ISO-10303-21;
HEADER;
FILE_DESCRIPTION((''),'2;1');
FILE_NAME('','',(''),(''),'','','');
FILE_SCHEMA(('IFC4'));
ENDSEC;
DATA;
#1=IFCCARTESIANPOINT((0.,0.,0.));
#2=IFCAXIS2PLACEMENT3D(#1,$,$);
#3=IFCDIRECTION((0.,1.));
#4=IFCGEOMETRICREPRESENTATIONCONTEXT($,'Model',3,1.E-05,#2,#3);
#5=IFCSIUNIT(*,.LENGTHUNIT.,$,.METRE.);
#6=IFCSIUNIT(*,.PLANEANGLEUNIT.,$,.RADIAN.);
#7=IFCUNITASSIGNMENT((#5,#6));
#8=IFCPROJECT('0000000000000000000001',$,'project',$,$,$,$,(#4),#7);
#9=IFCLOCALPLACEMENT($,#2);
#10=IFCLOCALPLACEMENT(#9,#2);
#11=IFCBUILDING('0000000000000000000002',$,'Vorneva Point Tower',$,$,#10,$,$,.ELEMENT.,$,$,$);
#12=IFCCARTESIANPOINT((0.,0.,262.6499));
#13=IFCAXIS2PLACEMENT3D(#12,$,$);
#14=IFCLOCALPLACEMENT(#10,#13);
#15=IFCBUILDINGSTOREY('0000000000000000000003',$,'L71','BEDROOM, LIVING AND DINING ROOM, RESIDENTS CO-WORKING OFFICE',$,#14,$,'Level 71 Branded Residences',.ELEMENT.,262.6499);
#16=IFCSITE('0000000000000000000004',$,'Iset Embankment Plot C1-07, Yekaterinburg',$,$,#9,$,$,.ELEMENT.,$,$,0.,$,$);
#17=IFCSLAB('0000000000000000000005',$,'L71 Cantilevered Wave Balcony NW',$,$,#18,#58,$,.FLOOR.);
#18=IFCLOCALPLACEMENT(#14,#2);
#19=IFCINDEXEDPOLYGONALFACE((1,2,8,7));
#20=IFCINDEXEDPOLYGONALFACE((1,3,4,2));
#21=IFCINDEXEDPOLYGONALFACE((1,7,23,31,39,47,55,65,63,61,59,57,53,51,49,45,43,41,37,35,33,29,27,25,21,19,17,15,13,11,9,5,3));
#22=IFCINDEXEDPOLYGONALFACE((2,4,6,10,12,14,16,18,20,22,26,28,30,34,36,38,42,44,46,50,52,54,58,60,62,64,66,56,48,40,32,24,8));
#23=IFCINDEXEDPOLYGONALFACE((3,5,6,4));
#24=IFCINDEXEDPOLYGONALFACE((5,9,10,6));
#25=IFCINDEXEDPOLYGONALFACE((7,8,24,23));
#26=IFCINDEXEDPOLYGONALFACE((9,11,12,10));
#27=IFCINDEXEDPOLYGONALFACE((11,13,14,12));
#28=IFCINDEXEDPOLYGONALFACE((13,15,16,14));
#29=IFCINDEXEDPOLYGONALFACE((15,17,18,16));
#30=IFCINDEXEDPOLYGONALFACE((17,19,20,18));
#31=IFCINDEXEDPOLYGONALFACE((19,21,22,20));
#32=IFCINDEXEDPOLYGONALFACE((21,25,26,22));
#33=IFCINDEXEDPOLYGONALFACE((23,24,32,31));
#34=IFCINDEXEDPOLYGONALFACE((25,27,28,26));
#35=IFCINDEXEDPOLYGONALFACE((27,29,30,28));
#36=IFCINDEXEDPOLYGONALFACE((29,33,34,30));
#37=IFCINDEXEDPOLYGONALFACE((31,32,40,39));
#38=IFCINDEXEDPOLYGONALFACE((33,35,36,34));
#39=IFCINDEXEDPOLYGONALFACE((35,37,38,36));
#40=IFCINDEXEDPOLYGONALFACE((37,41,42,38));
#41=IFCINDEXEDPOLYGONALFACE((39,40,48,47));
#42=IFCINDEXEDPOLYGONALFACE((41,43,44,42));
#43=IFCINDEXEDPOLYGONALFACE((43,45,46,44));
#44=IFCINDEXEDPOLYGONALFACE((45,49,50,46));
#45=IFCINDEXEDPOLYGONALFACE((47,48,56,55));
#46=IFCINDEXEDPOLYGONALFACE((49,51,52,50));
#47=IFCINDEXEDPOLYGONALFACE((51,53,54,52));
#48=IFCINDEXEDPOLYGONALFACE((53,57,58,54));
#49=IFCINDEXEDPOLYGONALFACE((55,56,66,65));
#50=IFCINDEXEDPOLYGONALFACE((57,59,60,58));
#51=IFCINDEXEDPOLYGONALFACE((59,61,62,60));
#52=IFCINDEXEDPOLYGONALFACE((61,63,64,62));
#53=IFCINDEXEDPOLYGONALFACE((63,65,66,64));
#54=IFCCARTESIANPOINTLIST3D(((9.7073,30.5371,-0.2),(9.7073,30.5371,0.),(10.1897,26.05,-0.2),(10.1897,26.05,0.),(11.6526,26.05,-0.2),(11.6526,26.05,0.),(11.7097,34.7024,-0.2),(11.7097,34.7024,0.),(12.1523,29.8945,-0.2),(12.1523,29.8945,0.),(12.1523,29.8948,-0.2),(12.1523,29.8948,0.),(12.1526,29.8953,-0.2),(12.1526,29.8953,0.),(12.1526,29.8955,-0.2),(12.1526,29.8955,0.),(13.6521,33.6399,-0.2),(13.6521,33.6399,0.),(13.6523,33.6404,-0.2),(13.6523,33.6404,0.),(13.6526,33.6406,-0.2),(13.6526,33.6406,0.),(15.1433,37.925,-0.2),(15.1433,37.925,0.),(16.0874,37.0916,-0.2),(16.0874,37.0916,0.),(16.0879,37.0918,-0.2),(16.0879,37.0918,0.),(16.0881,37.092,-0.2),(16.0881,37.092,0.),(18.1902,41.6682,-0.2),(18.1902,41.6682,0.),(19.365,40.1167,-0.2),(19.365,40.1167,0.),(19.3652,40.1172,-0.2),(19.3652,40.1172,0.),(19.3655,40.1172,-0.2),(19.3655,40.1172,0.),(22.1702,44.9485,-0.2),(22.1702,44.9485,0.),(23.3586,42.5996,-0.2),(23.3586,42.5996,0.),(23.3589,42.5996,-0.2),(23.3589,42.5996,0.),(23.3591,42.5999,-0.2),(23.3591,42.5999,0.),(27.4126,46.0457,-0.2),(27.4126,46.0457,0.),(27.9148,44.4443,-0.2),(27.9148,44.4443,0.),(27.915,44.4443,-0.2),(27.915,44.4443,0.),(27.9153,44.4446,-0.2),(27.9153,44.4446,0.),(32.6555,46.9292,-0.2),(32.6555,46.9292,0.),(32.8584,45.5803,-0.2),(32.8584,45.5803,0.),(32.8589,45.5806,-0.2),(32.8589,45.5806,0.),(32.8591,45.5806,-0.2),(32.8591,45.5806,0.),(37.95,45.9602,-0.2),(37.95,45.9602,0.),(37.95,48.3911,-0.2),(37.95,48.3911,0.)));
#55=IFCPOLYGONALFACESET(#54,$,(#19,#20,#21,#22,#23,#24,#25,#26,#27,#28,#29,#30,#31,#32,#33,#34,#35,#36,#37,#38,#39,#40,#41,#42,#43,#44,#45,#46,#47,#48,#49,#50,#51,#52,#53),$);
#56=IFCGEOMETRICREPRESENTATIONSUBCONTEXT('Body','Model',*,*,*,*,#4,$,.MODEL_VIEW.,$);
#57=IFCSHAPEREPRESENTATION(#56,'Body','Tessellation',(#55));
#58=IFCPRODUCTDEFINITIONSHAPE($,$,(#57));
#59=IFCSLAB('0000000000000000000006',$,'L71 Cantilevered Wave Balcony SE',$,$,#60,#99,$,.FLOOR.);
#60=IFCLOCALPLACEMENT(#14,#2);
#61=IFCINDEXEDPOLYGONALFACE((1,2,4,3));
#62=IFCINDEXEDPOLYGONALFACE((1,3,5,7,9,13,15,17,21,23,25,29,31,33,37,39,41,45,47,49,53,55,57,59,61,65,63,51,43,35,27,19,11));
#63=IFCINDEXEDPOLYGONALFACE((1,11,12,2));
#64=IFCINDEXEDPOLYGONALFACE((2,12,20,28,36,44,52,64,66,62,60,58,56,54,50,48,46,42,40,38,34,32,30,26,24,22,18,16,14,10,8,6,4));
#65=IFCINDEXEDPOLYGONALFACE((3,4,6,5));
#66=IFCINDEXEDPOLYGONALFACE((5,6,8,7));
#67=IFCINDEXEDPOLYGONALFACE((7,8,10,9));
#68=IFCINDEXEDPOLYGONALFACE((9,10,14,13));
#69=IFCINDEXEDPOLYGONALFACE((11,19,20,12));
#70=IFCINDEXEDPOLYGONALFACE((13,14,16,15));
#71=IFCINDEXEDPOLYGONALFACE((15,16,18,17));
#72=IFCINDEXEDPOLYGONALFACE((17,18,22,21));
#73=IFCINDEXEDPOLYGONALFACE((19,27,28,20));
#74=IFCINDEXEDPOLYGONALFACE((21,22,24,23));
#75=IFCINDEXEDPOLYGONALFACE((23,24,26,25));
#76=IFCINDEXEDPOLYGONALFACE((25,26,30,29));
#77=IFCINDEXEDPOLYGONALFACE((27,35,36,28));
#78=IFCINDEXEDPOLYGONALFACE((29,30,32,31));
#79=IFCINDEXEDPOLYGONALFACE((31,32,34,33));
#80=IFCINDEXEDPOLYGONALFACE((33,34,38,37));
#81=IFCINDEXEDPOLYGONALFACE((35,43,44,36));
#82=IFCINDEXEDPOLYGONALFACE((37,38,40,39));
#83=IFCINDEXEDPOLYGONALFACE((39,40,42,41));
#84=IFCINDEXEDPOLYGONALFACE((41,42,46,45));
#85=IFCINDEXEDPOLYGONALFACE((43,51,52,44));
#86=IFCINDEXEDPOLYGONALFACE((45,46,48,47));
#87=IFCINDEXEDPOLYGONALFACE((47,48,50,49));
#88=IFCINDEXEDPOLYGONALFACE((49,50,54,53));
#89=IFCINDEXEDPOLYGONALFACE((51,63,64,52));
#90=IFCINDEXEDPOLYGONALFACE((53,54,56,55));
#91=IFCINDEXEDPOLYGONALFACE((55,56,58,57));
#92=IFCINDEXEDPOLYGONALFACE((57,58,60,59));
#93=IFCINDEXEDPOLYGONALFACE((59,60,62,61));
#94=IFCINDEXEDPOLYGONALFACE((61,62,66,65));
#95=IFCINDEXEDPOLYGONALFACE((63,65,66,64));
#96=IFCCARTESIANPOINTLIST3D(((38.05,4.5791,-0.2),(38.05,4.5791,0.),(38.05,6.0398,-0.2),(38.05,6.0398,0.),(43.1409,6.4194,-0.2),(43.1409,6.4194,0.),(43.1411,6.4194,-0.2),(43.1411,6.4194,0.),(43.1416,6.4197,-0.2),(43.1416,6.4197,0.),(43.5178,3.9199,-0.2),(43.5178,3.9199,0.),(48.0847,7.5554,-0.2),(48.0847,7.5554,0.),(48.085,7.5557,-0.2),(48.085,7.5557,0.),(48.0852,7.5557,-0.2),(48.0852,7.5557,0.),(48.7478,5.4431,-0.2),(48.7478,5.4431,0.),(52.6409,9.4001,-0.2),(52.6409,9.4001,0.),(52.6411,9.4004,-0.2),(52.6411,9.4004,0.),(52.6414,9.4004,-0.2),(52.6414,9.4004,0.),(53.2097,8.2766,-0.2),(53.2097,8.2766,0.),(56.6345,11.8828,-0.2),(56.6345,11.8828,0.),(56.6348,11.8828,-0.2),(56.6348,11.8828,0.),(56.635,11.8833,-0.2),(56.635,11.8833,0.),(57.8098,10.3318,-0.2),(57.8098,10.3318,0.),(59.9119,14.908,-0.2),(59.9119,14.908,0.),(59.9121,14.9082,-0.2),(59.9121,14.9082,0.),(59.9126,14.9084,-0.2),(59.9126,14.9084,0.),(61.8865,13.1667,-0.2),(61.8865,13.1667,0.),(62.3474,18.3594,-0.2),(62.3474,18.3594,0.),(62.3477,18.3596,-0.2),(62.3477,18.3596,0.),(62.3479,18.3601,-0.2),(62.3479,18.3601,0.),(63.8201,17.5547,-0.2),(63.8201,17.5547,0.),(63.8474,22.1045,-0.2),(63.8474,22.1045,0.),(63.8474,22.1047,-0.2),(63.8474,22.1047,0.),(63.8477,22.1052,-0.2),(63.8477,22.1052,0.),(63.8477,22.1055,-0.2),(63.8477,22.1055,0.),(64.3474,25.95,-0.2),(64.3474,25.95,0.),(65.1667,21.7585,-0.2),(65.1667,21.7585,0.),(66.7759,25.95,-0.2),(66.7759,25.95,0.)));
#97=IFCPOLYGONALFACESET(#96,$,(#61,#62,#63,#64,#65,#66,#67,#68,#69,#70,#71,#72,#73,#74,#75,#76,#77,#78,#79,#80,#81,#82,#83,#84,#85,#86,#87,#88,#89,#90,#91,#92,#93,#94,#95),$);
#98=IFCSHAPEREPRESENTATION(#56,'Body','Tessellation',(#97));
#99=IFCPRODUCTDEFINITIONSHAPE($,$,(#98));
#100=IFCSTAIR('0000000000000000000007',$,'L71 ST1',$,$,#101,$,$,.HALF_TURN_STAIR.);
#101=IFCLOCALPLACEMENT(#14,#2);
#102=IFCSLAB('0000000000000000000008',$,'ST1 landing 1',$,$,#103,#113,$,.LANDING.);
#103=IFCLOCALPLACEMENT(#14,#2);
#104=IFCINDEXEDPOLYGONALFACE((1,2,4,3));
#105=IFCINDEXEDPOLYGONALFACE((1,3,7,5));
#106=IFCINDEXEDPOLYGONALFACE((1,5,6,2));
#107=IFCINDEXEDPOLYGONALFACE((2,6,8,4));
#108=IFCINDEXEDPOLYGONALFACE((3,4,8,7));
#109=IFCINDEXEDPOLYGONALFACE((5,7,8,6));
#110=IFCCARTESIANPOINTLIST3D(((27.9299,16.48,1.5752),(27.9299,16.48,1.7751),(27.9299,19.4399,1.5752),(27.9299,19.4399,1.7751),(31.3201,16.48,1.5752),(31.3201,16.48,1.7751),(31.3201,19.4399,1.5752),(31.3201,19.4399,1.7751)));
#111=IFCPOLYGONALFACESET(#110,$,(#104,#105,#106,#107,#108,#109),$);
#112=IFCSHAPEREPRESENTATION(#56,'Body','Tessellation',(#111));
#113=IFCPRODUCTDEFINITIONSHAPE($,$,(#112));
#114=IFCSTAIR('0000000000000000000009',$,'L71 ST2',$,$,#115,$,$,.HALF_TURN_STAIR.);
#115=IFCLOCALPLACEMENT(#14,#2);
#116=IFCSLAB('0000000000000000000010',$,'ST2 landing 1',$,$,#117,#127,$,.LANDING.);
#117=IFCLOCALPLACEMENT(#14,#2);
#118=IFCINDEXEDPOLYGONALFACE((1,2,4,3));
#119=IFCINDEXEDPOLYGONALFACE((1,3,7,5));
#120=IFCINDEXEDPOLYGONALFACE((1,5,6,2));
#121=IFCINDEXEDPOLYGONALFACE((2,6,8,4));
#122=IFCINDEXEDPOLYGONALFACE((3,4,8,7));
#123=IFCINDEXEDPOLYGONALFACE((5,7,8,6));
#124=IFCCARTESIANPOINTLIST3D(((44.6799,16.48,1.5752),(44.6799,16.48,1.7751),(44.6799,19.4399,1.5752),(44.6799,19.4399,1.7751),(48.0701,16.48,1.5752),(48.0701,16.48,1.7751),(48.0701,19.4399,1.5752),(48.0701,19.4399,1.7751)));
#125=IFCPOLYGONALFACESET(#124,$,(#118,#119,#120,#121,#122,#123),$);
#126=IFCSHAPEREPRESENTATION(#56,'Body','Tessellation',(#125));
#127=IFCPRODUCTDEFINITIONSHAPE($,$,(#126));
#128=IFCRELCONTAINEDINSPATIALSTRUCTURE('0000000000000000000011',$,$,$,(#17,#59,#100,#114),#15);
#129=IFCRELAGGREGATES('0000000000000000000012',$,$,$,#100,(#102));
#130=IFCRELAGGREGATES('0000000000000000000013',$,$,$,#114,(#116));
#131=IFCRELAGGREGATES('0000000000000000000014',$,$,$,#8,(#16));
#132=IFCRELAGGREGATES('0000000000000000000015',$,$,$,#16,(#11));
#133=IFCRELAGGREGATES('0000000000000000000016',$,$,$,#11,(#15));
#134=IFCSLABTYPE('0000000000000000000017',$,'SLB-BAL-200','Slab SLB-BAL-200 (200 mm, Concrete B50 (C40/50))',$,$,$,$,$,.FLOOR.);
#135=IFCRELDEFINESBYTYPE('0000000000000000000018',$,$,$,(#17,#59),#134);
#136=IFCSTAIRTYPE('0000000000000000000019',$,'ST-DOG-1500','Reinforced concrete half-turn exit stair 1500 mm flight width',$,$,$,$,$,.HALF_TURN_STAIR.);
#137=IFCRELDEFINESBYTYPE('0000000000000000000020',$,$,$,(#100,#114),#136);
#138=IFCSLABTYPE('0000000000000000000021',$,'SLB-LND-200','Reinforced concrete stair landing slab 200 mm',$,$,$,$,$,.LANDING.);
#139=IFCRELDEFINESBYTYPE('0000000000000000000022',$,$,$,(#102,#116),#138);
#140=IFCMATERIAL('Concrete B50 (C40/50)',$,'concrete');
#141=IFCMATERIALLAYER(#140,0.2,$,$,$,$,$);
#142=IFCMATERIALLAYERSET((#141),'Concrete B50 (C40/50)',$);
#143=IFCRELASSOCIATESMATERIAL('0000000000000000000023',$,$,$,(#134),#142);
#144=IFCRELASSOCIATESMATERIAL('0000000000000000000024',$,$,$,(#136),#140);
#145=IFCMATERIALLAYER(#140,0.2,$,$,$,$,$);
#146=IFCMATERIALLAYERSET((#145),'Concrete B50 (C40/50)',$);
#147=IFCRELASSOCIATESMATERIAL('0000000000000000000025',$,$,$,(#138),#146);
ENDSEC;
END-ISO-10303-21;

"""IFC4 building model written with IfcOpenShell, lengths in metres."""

from ifc_helpers import new_model, si_unit, direction, frame, origin, place, context, subcontext, project, spatial, polyline, outline, extrude, material, layer, layer_set, type_object, element, aggregate, save


model = new_model("IFC4")

# Units and contexts
model_context = context("Model", 3, precision=1e-05, world=origin(), true_north=direction((0.0, 1.0)))
body_context = subcontext(model_context, "Body", "Model", "MODEL_VIEW")
ifc_project = project(units=[si_unit("LENGTHUNIT", "METRE"), si_unit("PLANEANGLEUNIT", "RADIAN")], contexts=[model_context])

# Site, building, storey
site_placement = place(None, origin())
site = spatial("IfcSite", under=ifc_project, at=site_placement, Name="Iset Embankment Plot C1-07, Yekaterinburg", CompositionType="ELEMENT", RefElevation=0.0)
building_placement = place(site_placement, origin())
building = spatial("IfcBuilding", under=site, at=building_placement, Name="Vorneva Point Tower", CompositionType="ELEMENT")
storey_placement = place(building_placement, frame((0.0, 0.0, 262.6499)))
storey = spatial("IfcBuildingStorey", under=building, at=storey_placement, Name="L71", Description="BEDROOM, LIVING AND DINING ROOM, RESIDENTS CO-WORKING OFFICE", LongName="Level 71 Branded Residences", CompositionType="ELEMENT", Elevation=262.6499)

# Shared definitions
ifc_material_1 = material(Name="Concrete B50 (C40/50)", Category="concrete")

# Slabs
ifc_layer_1 = layer(ifc_material_1, 0.2)
ifc_layer_set_1 = layer_set([ifc_layer_1], Name="Concrete B50 (C40/50)")
slab_type_1 = type_object("IfcSlabType", Name="SLB-BAL-200", Description="Slab SLB-BAL-200 (200 mm, Concrete B50 (C40/50))", PredefinedType="FLOOR", material=ifc_layer_set_1)
slab_1_placement = place(storey_placement, frame((0.0, 0.0, -0.2)))
element("IfcSlab", 1, at=slab_1_placement, inside=storey, type_object=slab_type_1, Name="L71 Cantilevered Wave Balcony NW", PredefinedType="FLOOR", context=body_context, shape_type="SweptSolid", body=[
    extrude(outline(polyline([(10.1897, 26.05), (11.6526, 26.05), (12.1523, 29.8945), (12.1523, 29.8948), (12.1526, 29.8953), (12.1526, 29.8955), (13.6521, 33.6399), (13.6523, 33.6404), (13.6526, 33.6406), (16.0874, 37.0916), (16.0879, 37.0918), (16.0881, 37.092), (19.365, 40.1167), (19.3652, 40.1172), (19.3655, 40.1172), (23.3586, 42.5996), (23.3589, 42.5996), (23.3591, 42.5999), (27.9148, 44.4443), (27.915, 44.4443), (27.9153, 44.4446), (32.8584, 45.5803), (32.8589, 45.5806), (32.8591, 45.5806), (37.95, 45.9602), (37.95, 48.3911), (32.6555, 46.9292), (27.4126, 46.0457), (22.1702, 44.9485), (18.1902, 41.6682), (15.1433, 37.925), (11.7097, 34.7024), (9.7073, 30.5371), (10.1897, 26.05)])), origin(), (0.0, 0.0, 1.0), 0.2),
])
slab_2_placement = place(storey_placement, frame((0.0, 0.0, -0.2)))
element("IfcSlab", 2, at=slab_2_placement, inside=storey, type_object=slab_type_1, Name="L71 Cantilevered Wave Balcony SE", PredefinedType="FLOOR", context=body_context, shape_type="SweptSolid", body=[
    extrude(outline(polyline([(65.1667, 21.7585), (66.7759, 25.95), (64.3474, 25.95), (63.8477, 22.1055), (63.8477, 22.1052), (63.8474, 22.1047), (63.8474, 22.1045), (62.3479, 18.3601), (62.3477, 18.3596), (62.3474, 18.3594), (59.9126, 14.9084), (59.9121, 14.9082), (59.9119, 14.908), (56.635, 11.8833), (56.6348, 11.8828), (56.6345, 11.8828), (52.6414, 9.4004), (52.6411, 9.4004), (52.6409, 9.4001), (48.0852, 7.5557), (48.085, 7.5557), (48.0847, 7.5554), (43.1416, 6.4197), (43.1411, 6.4194), (43.1409, 6.4194), (38.05, 6.0398), (38.05, 4.5791), (43.5178, 3.9199), (48.7478, 5.4431), (53.2097, 8.2766), (57.8098, 10.3318), (61.8865, 13.1667), (63.8201, 17.5547), (65.1667, 21.7585)])), origin(), (0.0, 0.0, 1.0), 0.2),
])

# Stairs, slabs
stair_type = type_object("IfcStairType", Name="ST-DOG-1500", Description="Reinforced concrete half-turn exit stair 1500 mm flight width", PredefinedType="HALF_TURN_STAIR", material=ifc_material_1)
stair_1_placement = place(storey_placement, origin())
stair_1 = element("IfcStair", 3, at=stair_1_placement, inside=storey, type_object=stair_type, Name="L71 ST1", PredefinedType="HALF_TURN_STAIR")
ifc_layer_2 = layer(ifc_material_1, 0.2)
ifc_layer_set_2 = layer_set([ifc_layer_2], Name="Concrete B50 (C40/50)")
slab_type_2 = type_object("IfcSlabType", Name="SLB-LND-200", Description="Reinforced concrete stair landing slab 200 mm", PredefinedType="LANDING", material=ifc_layer_set_2)
slab_3_placement = place(storey_placement, frame((0.0, 0.0, 1.5752)))
slab_3 = element("IfcSlab", 4, at=slab_3_placement, type_object=slab_type_2, Name="ST1 landing 1", PredefinedType="LANDING", context=body_context, shape_type="SweptSolid", body=[
    extrude(outline(polyline([(27.9299, 16.48), (31.3201, 16.48), (31.3201, 19.4399), (27.9299, 19.4399), (27.9299, 16.48)])), origin(), (0.0, 0.0, 1.0), 0.2),
])
aggregate(stair_1, [slab_3])
stair_2_placement = place(storey_placement, origin())
stair_2 = element("IfcStair", 5, at=stair_2_placement, inside=storey, type_object=stair_type, Name="L71 ST2", PredefinedType="HALF_TURN_STAIR")
slab_4_placement = place(storey_placement, frame((0.0, 0.0, 1.5752)))
slab_4 = element("IfcSlab", 6, at=slab_4_placement, type_object=slab_type_2, Name="ST2 landing 1", PredefinedType="LANDING", context=body_context, shape_type="SweptSolid", body=[
    extrude(outline(polyline([(44.6799, 16.48), (48.0701, 16.48), (48.0701, 19.4399), (44.6799, 19.4399), (44.6799, 16.48)])), origin(), (0.0, 0.0, 1.0), 0.2),
])
aggregate(stair_2, [slab_4])

save(model, "model.ifc")
